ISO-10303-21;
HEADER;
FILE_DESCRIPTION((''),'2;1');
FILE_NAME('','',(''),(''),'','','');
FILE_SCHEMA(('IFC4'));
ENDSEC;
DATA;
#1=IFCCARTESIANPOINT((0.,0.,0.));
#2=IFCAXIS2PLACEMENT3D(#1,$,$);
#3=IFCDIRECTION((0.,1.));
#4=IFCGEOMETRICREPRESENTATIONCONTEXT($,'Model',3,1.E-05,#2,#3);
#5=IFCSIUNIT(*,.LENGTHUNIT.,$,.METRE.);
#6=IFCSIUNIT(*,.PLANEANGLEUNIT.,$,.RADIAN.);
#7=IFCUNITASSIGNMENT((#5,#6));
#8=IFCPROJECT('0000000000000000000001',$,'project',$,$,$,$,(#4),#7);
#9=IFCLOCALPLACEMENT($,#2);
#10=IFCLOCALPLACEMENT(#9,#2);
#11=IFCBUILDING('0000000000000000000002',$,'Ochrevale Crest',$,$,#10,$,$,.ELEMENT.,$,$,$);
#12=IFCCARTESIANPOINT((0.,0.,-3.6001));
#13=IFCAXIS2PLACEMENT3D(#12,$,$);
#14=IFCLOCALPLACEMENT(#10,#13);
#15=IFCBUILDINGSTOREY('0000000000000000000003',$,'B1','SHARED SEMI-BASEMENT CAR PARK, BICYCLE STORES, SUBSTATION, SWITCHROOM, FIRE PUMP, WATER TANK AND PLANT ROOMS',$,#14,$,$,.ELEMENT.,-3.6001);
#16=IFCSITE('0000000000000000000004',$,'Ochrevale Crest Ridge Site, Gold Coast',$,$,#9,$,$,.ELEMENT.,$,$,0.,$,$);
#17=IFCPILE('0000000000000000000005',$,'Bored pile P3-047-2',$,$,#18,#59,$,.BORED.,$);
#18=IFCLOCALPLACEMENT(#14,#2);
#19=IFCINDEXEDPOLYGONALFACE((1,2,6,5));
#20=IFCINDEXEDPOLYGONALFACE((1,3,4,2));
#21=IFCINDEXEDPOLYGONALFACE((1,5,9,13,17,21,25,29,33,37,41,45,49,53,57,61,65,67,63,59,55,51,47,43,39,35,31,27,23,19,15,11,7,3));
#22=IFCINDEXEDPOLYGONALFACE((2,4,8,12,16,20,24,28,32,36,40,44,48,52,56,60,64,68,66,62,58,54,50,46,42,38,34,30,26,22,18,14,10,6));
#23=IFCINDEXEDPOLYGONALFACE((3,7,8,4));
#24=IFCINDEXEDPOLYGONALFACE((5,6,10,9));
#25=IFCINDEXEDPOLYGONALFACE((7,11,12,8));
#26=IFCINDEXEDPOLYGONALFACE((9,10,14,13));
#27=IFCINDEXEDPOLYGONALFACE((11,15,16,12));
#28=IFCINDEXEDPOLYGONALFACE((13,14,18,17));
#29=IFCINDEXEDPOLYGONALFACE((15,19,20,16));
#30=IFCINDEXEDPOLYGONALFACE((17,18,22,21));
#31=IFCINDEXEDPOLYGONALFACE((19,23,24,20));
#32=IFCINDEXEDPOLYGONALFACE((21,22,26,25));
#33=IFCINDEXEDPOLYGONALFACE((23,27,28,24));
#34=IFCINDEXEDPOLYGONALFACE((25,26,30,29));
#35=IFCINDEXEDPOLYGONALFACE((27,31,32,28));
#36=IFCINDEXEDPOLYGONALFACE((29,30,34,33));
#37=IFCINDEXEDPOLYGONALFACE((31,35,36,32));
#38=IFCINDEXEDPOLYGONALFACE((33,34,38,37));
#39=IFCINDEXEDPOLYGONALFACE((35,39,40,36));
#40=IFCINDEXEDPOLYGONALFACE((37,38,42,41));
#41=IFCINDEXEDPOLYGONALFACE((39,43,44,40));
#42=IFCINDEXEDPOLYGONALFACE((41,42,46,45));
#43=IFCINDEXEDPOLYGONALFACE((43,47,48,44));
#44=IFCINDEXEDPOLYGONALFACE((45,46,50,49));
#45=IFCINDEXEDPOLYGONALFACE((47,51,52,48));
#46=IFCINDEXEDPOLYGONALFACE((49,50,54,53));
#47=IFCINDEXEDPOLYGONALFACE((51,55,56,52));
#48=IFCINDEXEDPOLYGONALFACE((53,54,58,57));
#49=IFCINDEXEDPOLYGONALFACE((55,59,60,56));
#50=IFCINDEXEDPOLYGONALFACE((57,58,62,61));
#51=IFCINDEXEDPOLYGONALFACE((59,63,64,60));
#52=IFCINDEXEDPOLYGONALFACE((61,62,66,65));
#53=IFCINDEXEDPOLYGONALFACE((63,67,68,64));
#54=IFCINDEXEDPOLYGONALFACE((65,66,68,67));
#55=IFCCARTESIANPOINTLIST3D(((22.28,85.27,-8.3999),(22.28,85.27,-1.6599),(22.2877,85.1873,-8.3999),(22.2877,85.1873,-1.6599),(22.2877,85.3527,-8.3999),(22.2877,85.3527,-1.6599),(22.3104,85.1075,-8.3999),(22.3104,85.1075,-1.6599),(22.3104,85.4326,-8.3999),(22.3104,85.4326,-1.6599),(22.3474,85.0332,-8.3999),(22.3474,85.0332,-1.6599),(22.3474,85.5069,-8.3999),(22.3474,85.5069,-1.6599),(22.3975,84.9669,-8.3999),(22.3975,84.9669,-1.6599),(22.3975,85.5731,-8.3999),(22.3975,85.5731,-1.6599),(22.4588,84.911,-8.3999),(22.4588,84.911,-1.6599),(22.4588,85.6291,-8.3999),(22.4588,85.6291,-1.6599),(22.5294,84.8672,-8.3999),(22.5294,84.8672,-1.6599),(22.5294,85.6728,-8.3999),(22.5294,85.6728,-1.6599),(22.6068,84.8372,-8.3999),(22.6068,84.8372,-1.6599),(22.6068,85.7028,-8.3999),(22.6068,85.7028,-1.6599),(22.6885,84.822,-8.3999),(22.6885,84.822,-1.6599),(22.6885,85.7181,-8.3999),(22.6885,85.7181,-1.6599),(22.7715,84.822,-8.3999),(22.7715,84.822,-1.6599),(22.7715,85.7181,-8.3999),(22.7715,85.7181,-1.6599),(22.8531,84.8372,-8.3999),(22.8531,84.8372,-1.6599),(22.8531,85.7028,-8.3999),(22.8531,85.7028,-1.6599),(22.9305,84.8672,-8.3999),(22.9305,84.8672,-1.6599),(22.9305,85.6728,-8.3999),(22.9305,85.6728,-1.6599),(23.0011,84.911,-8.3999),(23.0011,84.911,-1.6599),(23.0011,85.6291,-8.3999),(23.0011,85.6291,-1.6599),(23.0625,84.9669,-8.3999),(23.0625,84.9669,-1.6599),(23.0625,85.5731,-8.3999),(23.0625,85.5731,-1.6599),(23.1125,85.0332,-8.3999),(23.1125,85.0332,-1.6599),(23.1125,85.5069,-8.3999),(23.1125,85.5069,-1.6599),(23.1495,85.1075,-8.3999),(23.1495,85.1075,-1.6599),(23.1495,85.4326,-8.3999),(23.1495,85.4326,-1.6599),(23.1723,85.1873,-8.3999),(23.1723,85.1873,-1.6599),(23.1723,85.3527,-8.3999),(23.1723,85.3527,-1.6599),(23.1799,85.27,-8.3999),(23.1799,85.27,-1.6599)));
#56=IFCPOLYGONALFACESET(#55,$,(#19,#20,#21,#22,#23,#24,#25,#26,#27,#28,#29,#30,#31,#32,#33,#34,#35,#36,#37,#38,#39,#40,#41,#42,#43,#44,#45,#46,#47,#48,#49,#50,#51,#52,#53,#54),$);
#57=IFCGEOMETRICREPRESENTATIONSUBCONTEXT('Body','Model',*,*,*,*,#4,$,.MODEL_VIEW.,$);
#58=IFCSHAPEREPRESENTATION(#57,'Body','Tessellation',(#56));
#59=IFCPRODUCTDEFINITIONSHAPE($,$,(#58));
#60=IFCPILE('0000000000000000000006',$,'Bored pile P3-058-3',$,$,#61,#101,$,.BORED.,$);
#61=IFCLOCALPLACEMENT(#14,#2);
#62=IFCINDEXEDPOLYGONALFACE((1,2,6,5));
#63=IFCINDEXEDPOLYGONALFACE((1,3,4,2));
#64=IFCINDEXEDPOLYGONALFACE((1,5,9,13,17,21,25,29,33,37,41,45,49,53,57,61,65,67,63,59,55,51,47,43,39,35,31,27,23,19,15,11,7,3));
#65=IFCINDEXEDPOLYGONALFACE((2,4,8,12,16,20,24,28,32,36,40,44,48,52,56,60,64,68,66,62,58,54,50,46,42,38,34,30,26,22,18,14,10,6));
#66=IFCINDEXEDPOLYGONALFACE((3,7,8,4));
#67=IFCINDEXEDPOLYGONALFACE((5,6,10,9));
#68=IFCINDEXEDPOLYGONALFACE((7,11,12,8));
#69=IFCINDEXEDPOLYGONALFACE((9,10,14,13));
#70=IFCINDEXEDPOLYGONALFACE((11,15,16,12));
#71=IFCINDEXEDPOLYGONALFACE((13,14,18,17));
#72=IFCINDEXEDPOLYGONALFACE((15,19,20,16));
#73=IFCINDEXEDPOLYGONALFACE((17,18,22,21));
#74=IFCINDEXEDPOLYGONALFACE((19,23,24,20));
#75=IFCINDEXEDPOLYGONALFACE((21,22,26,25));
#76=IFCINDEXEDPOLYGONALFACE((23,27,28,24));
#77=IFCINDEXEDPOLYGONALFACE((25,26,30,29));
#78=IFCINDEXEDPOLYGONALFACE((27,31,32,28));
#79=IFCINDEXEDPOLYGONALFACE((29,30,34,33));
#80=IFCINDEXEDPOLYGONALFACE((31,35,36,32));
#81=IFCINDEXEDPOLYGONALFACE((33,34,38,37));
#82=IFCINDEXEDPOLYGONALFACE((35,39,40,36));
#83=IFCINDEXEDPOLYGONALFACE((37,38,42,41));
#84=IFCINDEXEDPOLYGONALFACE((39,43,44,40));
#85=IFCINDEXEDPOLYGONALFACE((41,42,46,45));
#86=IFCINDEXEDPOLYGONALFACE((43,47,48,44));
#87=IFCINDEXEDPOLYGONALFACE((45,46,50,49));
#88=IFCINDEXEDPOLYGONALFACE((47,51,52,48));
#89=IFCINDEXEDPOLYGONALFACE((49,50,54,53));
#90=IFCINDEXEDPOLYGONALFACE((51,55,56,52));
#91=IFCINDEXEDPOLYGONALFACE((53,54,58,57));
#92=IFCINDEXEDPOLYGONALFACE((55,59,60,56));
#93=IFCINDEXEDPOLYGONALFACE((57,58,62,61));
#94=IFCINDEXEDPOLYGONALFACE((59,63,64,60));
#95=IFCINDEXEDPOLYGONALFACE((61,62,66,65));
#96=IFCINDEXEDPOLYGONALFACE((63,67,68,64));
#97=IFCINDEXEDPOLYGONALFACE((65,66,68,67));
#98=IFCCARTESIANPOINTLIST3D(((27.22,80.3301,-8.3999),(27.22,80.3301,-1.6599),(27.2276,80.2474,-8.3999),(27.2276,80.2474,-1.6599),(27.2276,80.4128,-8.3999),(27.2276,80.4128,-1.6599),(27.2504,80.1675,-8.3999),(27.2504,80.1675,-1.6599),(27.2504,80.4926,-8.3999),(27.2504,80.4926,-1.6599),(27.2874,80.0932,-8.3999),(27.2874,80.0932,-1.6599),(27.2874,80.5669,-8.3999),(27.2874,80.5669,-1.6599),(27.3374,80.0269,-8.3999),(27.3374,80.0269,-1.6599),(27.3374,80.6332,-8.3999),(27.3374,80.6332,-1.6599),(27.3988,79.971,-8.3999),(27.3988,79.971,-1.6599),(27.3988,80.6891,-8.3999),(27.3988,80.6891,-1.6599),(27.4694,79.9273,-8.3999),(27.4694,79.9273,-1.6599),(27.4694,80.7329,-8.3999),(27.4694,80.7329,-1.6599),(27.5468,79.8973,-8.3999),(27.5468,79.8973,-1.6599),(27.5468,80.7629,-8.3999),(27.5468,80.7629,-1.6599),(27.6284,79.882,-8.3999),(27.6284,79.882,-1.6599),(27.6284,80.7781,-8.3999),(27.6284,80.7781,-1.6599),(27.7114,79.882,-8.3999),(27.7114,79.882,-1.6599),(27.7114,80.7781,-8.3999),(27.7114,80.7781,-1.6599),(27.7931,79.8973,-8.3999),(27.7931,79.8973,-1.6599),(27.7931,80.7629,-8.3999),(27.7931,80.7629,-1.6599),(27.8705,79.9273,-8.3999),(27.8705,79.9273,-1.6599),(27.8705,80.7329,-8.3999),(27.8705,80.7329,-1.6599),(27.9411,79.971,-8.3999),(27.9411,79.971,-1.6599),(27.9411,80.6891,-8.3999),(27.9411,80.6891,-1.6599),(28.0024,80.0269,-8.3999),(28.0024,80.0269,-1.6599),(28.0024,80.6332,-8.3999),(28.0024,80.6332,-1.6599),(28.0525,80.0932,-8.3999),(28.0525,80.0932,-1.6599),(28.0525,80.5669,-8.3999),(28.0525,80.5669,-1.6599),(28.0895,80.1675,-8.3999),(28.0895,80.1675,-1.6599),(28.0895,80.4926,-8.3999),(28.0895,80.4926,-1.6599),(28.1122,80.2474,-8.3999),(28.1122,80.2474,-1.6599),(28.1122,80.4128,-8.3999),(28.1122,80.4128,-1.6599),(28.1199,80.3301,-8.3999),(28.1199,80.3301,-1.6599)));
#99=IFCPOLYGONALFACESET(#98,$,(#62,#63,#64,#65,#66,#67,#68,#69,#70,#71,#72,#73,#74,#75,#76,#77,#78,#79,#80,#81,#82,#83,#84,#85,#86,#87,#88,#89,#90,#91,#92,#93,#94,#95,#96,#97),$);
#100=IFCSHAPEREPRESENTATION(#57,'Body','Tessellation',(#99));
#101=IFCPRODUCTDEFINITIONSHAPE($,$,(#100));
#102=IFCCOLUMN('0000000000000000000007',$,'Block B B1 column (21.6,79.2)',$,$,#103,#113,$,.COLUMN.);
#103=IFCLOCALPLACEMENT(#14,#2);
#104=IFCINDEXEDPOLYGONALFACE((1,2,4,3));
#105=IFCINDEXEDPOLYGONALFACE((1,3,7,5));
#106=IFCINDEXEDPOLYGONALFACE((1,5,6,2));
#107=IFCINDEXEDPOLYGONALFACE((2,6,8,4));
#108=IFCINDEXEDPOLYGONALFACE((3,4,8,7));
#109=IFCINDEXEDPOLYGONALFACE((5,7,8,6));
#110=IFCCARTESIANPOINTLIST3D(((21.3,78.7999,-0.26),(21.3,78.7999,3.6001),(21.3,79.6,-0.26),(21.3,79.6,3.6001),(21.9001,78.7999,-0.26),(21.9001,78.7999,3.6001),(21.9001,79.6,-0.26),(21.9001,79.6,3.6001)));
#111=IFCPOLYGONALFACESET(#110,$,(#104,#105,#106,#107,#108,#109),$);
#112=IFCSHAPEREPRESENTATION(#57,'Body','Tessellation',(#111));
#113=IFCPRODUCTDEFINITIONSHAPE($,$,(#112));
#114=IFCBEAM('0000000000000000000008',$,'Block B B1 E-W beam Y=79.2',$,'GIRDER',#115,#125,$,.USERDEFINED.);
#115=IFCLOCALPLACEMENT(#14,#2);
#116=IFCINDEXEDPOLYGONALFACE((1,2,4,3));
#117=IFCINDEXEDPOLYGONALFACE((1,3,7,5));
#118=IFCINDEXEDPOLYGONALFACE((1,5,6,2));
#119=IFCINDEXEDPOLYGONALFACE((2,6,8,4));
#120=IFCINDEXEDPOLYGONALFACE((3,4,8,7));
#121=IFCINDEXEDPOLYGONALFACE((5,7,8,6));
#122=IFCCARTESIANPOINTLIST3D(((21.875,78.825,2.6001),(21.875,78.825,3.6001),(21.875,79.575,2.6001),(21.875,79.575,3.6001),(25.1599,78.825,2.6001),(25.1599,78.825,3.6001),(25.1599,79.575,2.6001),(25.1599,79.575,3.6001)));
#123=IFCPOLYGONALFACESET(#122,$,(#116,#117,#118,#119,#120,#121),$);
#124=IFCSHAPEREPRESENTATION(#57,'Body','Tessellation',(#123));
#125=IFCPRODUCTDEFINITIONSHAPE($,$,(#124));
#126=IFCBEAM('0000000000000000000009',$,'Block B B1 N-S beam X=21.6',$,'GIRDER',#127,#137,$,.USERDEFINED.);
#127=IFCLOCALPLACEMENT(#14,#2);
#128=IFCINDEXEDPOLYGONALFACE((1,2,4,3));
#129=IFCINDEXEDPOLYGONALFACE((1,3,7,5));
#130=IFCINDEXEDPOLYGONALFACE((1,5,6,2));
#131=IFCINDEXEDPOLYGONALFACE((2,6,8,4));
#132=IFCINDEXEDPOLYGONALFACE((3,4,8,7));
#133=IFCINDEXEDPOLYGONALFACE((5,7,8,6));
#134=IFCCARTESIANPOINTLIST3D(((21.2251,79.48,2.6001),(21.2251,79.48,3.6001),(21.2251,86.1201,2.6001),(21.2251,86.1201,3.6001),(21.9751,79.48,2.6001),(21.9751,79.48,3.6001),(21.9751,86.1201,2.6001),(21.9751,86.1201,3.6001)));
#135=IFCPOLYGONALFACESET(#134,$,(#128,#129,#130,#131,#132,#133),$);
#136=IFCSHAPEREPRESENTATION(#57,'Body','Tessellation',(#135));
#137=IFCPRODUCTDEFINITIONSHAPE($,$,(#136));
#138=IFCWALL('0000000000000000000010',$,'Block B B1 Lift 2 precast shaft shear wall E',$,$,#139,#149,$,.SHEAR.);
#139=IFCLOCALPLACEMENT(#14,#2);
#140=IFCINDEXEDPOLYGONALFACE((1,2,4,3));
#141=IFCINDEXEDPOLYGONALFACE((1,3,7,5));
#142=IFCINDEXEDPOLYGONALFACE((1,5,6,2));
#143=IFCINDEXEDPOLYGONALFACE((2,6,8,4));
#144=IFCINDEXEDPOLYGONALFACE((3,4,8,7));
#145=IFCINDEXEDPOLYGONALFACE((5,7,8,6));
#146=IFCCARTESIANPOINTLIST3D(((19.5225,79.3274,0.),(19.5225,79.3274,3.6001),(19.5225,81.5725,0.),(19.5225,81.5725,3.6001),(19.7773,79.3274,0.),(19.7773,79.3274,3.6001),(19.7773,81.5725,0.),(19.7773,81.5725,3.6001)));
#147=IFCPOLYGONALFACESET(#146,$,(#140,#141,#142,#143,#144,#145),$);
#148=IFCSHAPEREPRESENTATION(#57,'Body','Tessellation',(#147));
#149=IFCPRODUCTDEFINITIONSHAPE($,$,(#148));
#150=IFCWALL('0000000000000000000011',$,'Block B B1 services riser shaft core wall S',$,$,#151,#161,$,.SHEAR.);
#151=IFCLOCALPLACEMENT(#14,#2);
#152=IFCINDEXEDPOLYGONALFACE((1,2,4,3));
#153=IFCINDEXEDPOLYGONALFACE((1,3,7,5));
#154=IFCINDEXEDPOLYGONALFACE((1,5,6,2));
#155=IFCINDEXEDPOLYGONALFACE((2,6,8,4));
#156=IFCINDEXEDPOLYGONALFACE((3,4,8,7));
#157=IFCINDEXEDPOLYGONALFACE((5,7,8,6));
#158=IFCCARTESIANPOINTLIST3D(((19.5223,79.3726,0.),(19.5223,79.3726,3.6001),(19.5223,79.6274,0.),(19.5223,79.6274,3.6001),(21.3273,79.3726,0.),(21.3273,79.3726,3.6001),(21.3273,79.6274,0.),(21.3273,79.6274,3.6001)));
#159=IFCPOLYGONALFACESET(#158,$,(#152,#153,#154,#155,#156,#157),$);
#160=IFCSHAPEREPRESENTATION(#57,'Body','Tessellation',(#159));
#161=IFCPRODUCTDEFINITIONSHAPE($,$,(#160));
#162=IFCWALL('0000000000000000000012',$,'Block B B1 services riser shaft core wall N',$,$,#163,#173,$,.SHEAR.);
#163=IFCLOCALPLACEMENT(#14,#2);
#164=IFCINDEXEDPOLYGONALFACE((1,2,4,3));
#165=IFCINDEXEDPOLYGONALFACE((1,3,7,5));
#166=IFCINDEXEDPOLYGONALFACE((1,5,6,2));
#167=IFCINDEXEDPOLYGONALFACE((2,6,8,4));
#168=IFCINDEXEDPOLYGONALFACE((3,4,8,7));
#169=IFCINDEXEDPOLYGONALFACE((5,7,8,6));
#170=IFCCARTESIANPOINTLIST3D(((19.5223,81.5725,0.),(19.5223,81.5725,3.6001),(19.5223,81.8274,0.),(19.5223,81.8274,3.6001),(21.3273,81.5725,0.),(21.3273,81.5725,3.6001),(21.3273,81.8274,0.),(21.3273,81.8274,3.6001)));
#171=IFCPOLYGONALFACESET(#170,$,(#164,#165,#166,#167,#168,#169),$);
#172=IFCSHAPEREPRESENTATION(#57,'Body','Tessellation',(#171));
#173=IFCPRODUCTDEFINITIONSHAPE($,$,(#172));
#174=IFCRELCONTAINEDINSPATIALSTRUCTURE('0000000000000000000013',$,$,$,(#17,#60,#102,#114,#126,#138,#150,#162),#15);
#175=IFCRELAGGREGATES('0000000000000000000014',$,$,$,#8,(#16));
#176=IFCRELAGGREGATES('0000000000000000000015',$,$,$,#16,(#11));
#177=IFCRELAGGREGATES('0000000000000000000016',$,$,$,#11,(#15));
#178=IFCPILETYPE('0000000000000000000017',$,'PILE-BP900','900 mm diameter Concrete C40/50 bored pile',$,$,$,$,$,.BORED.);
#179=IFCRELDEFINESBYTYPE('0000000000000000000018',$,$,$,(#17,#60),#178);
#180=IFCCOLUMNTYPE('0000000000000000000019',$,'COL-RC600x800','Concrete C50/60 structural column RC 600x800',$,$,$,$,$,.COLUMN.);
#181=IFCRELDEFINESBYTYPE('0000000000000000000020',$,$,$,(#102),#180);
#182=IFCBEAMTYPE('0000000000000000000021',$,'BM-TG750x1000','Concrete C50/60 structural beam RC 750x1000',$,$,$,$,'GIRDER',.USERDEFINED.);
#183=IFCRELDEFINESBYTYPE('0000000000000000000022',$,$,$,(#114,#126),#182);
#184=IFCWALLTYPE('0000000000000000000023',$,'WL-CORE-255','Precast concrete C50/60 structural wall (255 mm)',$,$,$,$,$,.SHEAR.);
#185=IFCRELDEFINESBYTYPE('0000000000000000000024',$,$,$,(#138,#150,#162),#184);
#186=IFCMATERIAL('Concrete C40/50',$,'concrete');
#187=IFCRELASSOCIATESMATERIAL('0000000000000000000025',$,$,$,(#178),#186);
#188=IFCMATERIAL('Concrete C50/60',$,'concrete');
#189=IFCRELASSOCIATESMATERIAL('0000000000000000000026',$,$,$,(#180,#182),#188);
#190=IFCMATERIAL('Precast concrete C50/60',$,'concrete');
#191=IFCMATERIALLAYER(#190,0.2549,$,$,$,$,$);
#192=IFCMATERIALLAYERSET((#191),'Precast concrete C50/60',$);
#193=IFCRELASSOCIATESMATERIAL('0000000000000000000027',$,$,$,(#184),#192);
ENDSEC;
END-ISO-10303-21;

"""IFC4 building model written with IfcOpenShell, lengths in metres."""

from ifc_helpers import new_model, si_unit, direction, frame, frame_2d, origin, origin_2d, place, context, subcontext, project, spatial, rectangle, circle, extrude, material, layer, layer_set, material_profile, profile_set, type_object, element, save


model = new_model("IFC4")

# Units and contexts
model_context = context("Model", 3, precision=1e-05, world=origin(), true_north=direction((0.0, 1.0)))
body_context = subcontext(model_context, "Body", "Model", "MODEL_VIEW")
ifc_project = project(units=[si_unit("LENGTHUNIT", "METRE"), si_unit("PLANEANGLEUNIT", "RADIAN")], contexts=[model_context])

# Site, building, storey
site_placement = place(None, origin())
site = spatial("IfcSite", under=ifc_project, at=site_placement, Name="Ochrevale Crest Ridge Site, Gold Coast", CompositionType="ELEMENT", RefElevation=0.0)
building_placement = place(site_placement, origin())
building = spatial("IfcBuilding", under=site, at=building_placement, Name="Ochrevale Crest", CompositionType="ELEMENT")
storey_placement = place(building_placement, frame((0.0, 0.0, -3.6001)))
storey = spatial("IfcBuildingStorey", under=building, at=storey_placement, Name="B1", Description="SHARED SEMI-BASEMENT CAR PARK, BICYCLE STORES, SUBSTATION, SWITCHROOM, FIRE PUMP, WATER TANK AND PLANT ROOMS", CompositionType="ELEMENT", Elevation=-3.6001)

# Shared definitions
ifc_material_1 = material(Name="Concrete C40/50", Category="concrete")

# Piles
ifc_material_profile_1 = material_profile(ifc_material_1, circle(Radius=0.45, at=origin_2d()), Name="BORED PILE 900")
ifc_profile_set_1 = profile_set([ifc_material_profile_1], Name="Concrete C40/50")
pile_type = type_object("IfcPileType", Name="PILE-BP900", Description="900 mm diameter Concrete C40/50 bored pile", PredefinedType="BORED", material=ifc_profile_set_1)
for number, where, z_axis, x_axis, name in (
    (1, (22.73, 85.27, -1.6599), (0.0, 0.0, -1.0), (1.0, 0.0, 0.0), "Bored pile P3-047-2"),
    (2, (27.6699, 80.3301, -1.6599), (0.0, 0.0, -1.0), (1.0, 0.0, 0.0), "Bored pile P3-058-3"),
):
    element("IfcPile", number, at=place(storey_placement, frame(where, z_axis=z_axis, x_axis=x_axis)), inside=storey, type_object=pile_type, Name=name, PredefinedType="BORED", context=body_context, shape_type="SweptSolid", body=[
        extrude(circle(Radius=0.45, at=origin_2d()), origin(), (0.0, 0.0, 1.0), 6.74),
    ])

# Column
ifc_material_2 = material(Name="Concrete C50/60", Category="concrete")
ifc_material_profile_2 = material_profile(ifc_material_2, rectangle(XDim=0.6001, YDim=0.8, at=origin_2d()), Name="RC 600x800")
ifc_profile_set_2 = profile_set([ifc_material_profile_2], Name="Concrete C50/60")
column_type = type_object("IfcColumnType", Name="COL-RC600x800", Description="Concrete C50/60 structural column RC 600x800", PredefinedType="COLUMN", material=ifc_profile_set_2)
column_placement = place(storey_placement, frame((21.6001, 79.2, -0.26), z_axis=(0.0, 0.0, 1.0), x_axis=(1.0, 0.0, 0.0)))
element("IfcColumn", 3, at=column_placement, inside=storey, type_object=column_type, Name="Block B B1 column (21.6,79.2)", PredefinedType="COLUMN", context=body_context, shape_type="SweptSolid", body=[
    extrude(rectangle(XDim=0.6001, YDim=0.8, at=origin_2d()), origin(), (0.0, 0.0, 1.0), 3.8601),
])

# Beams
ifc_material_profile_3 = material_profile(ifc_material_2, rectangle(XDim=0.75, YDim=1.0, at=origin_2d()), Name="RC 750x1000")
ifc_profile_set_3 = profile_set([ifc_material_profile_3], Name="Concrete C50/60")
beam_type = type_object("IfcBeamType", Name="BM-TG750x1000", Description="Concrete C50/60 structural beam RC 750x1000", ElementType="GIRDER", PredefinedType="USERDEFINED", material=ifc_profile_set_3)
beam_1_placement = place(storey_placement, frame((21.875, 79.2, 3.1001), z_axis=(1.0, 0.0, 0.0), x_axis=(0.0, 1.0, 0.0)))
element("IfcBeam", 4, at=beam_1_placement, inside=storey, type_object=beam_type, Name="Block B B1 E-W beam Y=79.2", ObjectType="GIRDER", PredefinedType="USERDEFINED", context=body_context, shape_type="SweptSolid", body=[
    extrude(rectangle(XDim=0.75, YDim=1.0, at=origin_2d()), origin(), (0.0, 0.0, 1.0), 3.2849),
])
beam_2_placement = place(storey_placement, frame((21.6001, 79.48, 3.1001), z_axis=(0.0, 1.0, 0.0), x_axis=(-1.0, 0.0, 0.0)))
element("IfcBeam", 5, at=beam_2_placement, inside=storey, type_object=beam_type, Name="Block B B1 N-S beam X=21.6", ObjectType="GIRDER", PredefinedType="USERDEFINED", context=body_context, shape_type="SweptSolid", body=[
    extrude(rectangle(XDim=0.75, YDim=1.0, at=origin_2d()), origin(), (0.0, 0.0, 1.0), 6.6401),
])

# Shared definitions
ifc_material_3 = material(Name="Precast concrete C50/60", Category="concrete")
ifc_layer = layer(ifc_material_3, 0.2549)
ifc_layer_set = layer_set([ifc_layer], Name="Precast concrete C50/60")
wall_type = type_object("IfcWallType", Name="WL-CORE-255", Description="Precast concrete C50/60 structural wall (255 mm)", PredefinedType="SHEAR", material=ifc_layer_set)

# Walls
wall_1_placement = place(storey_placement, frame((19.6499, 79.3274, 0.0), z_axis=(0.0, 0.0, 1.0), x_axis=(0.0, 1.0, 0.0)))
element("IfcWall", 6, at=wall_1_placement, inside=storey, type_object=wall_type, Name="Block B B1 Lift 2 precast shaft shear wall E", PredefinedType="SHEAR", context=body_context, shape_type="SweptSolid", body=[
    extrude(rectangle(XDim=2.2451, YDim=0.2549, at=frame_2d((1.1226, 0.0))), origin(), (0.0, 0.0, 1.0), 3.6001),
])
for number, where, z_axis, x_axis, name in (
    (7, (19.5225, 79.5, 0.0), (0.0, 0.0, 1.0), (1.0, 0.0, 0.0), "Block B B1 services riser shaft core wall S"),
    (8, (19.5225, 81.7, 0.0), (0.0, 0.0, 1.0), (1.0, 0.0, 0.0), "Block B B1 services riser shaft core wall N"),
):
    element("IfcWall", number, at=place(storey_placement, frame(where, z_axis=z_axis, x_axis=x_axis)), inside=storey, type_object=wall_type, Name=name, PredefinedType="SHEAR", context=body_context, shape_type="SweptSolid", body=[
        extrude(rectangle(XDim=1.8049, YDim=0.2549, at=frame_2d((0.9023, 0.0))), origin(), (0.0, 0.0, 1.0), 3.6001),
    ])

save(model, "model.ifc")
